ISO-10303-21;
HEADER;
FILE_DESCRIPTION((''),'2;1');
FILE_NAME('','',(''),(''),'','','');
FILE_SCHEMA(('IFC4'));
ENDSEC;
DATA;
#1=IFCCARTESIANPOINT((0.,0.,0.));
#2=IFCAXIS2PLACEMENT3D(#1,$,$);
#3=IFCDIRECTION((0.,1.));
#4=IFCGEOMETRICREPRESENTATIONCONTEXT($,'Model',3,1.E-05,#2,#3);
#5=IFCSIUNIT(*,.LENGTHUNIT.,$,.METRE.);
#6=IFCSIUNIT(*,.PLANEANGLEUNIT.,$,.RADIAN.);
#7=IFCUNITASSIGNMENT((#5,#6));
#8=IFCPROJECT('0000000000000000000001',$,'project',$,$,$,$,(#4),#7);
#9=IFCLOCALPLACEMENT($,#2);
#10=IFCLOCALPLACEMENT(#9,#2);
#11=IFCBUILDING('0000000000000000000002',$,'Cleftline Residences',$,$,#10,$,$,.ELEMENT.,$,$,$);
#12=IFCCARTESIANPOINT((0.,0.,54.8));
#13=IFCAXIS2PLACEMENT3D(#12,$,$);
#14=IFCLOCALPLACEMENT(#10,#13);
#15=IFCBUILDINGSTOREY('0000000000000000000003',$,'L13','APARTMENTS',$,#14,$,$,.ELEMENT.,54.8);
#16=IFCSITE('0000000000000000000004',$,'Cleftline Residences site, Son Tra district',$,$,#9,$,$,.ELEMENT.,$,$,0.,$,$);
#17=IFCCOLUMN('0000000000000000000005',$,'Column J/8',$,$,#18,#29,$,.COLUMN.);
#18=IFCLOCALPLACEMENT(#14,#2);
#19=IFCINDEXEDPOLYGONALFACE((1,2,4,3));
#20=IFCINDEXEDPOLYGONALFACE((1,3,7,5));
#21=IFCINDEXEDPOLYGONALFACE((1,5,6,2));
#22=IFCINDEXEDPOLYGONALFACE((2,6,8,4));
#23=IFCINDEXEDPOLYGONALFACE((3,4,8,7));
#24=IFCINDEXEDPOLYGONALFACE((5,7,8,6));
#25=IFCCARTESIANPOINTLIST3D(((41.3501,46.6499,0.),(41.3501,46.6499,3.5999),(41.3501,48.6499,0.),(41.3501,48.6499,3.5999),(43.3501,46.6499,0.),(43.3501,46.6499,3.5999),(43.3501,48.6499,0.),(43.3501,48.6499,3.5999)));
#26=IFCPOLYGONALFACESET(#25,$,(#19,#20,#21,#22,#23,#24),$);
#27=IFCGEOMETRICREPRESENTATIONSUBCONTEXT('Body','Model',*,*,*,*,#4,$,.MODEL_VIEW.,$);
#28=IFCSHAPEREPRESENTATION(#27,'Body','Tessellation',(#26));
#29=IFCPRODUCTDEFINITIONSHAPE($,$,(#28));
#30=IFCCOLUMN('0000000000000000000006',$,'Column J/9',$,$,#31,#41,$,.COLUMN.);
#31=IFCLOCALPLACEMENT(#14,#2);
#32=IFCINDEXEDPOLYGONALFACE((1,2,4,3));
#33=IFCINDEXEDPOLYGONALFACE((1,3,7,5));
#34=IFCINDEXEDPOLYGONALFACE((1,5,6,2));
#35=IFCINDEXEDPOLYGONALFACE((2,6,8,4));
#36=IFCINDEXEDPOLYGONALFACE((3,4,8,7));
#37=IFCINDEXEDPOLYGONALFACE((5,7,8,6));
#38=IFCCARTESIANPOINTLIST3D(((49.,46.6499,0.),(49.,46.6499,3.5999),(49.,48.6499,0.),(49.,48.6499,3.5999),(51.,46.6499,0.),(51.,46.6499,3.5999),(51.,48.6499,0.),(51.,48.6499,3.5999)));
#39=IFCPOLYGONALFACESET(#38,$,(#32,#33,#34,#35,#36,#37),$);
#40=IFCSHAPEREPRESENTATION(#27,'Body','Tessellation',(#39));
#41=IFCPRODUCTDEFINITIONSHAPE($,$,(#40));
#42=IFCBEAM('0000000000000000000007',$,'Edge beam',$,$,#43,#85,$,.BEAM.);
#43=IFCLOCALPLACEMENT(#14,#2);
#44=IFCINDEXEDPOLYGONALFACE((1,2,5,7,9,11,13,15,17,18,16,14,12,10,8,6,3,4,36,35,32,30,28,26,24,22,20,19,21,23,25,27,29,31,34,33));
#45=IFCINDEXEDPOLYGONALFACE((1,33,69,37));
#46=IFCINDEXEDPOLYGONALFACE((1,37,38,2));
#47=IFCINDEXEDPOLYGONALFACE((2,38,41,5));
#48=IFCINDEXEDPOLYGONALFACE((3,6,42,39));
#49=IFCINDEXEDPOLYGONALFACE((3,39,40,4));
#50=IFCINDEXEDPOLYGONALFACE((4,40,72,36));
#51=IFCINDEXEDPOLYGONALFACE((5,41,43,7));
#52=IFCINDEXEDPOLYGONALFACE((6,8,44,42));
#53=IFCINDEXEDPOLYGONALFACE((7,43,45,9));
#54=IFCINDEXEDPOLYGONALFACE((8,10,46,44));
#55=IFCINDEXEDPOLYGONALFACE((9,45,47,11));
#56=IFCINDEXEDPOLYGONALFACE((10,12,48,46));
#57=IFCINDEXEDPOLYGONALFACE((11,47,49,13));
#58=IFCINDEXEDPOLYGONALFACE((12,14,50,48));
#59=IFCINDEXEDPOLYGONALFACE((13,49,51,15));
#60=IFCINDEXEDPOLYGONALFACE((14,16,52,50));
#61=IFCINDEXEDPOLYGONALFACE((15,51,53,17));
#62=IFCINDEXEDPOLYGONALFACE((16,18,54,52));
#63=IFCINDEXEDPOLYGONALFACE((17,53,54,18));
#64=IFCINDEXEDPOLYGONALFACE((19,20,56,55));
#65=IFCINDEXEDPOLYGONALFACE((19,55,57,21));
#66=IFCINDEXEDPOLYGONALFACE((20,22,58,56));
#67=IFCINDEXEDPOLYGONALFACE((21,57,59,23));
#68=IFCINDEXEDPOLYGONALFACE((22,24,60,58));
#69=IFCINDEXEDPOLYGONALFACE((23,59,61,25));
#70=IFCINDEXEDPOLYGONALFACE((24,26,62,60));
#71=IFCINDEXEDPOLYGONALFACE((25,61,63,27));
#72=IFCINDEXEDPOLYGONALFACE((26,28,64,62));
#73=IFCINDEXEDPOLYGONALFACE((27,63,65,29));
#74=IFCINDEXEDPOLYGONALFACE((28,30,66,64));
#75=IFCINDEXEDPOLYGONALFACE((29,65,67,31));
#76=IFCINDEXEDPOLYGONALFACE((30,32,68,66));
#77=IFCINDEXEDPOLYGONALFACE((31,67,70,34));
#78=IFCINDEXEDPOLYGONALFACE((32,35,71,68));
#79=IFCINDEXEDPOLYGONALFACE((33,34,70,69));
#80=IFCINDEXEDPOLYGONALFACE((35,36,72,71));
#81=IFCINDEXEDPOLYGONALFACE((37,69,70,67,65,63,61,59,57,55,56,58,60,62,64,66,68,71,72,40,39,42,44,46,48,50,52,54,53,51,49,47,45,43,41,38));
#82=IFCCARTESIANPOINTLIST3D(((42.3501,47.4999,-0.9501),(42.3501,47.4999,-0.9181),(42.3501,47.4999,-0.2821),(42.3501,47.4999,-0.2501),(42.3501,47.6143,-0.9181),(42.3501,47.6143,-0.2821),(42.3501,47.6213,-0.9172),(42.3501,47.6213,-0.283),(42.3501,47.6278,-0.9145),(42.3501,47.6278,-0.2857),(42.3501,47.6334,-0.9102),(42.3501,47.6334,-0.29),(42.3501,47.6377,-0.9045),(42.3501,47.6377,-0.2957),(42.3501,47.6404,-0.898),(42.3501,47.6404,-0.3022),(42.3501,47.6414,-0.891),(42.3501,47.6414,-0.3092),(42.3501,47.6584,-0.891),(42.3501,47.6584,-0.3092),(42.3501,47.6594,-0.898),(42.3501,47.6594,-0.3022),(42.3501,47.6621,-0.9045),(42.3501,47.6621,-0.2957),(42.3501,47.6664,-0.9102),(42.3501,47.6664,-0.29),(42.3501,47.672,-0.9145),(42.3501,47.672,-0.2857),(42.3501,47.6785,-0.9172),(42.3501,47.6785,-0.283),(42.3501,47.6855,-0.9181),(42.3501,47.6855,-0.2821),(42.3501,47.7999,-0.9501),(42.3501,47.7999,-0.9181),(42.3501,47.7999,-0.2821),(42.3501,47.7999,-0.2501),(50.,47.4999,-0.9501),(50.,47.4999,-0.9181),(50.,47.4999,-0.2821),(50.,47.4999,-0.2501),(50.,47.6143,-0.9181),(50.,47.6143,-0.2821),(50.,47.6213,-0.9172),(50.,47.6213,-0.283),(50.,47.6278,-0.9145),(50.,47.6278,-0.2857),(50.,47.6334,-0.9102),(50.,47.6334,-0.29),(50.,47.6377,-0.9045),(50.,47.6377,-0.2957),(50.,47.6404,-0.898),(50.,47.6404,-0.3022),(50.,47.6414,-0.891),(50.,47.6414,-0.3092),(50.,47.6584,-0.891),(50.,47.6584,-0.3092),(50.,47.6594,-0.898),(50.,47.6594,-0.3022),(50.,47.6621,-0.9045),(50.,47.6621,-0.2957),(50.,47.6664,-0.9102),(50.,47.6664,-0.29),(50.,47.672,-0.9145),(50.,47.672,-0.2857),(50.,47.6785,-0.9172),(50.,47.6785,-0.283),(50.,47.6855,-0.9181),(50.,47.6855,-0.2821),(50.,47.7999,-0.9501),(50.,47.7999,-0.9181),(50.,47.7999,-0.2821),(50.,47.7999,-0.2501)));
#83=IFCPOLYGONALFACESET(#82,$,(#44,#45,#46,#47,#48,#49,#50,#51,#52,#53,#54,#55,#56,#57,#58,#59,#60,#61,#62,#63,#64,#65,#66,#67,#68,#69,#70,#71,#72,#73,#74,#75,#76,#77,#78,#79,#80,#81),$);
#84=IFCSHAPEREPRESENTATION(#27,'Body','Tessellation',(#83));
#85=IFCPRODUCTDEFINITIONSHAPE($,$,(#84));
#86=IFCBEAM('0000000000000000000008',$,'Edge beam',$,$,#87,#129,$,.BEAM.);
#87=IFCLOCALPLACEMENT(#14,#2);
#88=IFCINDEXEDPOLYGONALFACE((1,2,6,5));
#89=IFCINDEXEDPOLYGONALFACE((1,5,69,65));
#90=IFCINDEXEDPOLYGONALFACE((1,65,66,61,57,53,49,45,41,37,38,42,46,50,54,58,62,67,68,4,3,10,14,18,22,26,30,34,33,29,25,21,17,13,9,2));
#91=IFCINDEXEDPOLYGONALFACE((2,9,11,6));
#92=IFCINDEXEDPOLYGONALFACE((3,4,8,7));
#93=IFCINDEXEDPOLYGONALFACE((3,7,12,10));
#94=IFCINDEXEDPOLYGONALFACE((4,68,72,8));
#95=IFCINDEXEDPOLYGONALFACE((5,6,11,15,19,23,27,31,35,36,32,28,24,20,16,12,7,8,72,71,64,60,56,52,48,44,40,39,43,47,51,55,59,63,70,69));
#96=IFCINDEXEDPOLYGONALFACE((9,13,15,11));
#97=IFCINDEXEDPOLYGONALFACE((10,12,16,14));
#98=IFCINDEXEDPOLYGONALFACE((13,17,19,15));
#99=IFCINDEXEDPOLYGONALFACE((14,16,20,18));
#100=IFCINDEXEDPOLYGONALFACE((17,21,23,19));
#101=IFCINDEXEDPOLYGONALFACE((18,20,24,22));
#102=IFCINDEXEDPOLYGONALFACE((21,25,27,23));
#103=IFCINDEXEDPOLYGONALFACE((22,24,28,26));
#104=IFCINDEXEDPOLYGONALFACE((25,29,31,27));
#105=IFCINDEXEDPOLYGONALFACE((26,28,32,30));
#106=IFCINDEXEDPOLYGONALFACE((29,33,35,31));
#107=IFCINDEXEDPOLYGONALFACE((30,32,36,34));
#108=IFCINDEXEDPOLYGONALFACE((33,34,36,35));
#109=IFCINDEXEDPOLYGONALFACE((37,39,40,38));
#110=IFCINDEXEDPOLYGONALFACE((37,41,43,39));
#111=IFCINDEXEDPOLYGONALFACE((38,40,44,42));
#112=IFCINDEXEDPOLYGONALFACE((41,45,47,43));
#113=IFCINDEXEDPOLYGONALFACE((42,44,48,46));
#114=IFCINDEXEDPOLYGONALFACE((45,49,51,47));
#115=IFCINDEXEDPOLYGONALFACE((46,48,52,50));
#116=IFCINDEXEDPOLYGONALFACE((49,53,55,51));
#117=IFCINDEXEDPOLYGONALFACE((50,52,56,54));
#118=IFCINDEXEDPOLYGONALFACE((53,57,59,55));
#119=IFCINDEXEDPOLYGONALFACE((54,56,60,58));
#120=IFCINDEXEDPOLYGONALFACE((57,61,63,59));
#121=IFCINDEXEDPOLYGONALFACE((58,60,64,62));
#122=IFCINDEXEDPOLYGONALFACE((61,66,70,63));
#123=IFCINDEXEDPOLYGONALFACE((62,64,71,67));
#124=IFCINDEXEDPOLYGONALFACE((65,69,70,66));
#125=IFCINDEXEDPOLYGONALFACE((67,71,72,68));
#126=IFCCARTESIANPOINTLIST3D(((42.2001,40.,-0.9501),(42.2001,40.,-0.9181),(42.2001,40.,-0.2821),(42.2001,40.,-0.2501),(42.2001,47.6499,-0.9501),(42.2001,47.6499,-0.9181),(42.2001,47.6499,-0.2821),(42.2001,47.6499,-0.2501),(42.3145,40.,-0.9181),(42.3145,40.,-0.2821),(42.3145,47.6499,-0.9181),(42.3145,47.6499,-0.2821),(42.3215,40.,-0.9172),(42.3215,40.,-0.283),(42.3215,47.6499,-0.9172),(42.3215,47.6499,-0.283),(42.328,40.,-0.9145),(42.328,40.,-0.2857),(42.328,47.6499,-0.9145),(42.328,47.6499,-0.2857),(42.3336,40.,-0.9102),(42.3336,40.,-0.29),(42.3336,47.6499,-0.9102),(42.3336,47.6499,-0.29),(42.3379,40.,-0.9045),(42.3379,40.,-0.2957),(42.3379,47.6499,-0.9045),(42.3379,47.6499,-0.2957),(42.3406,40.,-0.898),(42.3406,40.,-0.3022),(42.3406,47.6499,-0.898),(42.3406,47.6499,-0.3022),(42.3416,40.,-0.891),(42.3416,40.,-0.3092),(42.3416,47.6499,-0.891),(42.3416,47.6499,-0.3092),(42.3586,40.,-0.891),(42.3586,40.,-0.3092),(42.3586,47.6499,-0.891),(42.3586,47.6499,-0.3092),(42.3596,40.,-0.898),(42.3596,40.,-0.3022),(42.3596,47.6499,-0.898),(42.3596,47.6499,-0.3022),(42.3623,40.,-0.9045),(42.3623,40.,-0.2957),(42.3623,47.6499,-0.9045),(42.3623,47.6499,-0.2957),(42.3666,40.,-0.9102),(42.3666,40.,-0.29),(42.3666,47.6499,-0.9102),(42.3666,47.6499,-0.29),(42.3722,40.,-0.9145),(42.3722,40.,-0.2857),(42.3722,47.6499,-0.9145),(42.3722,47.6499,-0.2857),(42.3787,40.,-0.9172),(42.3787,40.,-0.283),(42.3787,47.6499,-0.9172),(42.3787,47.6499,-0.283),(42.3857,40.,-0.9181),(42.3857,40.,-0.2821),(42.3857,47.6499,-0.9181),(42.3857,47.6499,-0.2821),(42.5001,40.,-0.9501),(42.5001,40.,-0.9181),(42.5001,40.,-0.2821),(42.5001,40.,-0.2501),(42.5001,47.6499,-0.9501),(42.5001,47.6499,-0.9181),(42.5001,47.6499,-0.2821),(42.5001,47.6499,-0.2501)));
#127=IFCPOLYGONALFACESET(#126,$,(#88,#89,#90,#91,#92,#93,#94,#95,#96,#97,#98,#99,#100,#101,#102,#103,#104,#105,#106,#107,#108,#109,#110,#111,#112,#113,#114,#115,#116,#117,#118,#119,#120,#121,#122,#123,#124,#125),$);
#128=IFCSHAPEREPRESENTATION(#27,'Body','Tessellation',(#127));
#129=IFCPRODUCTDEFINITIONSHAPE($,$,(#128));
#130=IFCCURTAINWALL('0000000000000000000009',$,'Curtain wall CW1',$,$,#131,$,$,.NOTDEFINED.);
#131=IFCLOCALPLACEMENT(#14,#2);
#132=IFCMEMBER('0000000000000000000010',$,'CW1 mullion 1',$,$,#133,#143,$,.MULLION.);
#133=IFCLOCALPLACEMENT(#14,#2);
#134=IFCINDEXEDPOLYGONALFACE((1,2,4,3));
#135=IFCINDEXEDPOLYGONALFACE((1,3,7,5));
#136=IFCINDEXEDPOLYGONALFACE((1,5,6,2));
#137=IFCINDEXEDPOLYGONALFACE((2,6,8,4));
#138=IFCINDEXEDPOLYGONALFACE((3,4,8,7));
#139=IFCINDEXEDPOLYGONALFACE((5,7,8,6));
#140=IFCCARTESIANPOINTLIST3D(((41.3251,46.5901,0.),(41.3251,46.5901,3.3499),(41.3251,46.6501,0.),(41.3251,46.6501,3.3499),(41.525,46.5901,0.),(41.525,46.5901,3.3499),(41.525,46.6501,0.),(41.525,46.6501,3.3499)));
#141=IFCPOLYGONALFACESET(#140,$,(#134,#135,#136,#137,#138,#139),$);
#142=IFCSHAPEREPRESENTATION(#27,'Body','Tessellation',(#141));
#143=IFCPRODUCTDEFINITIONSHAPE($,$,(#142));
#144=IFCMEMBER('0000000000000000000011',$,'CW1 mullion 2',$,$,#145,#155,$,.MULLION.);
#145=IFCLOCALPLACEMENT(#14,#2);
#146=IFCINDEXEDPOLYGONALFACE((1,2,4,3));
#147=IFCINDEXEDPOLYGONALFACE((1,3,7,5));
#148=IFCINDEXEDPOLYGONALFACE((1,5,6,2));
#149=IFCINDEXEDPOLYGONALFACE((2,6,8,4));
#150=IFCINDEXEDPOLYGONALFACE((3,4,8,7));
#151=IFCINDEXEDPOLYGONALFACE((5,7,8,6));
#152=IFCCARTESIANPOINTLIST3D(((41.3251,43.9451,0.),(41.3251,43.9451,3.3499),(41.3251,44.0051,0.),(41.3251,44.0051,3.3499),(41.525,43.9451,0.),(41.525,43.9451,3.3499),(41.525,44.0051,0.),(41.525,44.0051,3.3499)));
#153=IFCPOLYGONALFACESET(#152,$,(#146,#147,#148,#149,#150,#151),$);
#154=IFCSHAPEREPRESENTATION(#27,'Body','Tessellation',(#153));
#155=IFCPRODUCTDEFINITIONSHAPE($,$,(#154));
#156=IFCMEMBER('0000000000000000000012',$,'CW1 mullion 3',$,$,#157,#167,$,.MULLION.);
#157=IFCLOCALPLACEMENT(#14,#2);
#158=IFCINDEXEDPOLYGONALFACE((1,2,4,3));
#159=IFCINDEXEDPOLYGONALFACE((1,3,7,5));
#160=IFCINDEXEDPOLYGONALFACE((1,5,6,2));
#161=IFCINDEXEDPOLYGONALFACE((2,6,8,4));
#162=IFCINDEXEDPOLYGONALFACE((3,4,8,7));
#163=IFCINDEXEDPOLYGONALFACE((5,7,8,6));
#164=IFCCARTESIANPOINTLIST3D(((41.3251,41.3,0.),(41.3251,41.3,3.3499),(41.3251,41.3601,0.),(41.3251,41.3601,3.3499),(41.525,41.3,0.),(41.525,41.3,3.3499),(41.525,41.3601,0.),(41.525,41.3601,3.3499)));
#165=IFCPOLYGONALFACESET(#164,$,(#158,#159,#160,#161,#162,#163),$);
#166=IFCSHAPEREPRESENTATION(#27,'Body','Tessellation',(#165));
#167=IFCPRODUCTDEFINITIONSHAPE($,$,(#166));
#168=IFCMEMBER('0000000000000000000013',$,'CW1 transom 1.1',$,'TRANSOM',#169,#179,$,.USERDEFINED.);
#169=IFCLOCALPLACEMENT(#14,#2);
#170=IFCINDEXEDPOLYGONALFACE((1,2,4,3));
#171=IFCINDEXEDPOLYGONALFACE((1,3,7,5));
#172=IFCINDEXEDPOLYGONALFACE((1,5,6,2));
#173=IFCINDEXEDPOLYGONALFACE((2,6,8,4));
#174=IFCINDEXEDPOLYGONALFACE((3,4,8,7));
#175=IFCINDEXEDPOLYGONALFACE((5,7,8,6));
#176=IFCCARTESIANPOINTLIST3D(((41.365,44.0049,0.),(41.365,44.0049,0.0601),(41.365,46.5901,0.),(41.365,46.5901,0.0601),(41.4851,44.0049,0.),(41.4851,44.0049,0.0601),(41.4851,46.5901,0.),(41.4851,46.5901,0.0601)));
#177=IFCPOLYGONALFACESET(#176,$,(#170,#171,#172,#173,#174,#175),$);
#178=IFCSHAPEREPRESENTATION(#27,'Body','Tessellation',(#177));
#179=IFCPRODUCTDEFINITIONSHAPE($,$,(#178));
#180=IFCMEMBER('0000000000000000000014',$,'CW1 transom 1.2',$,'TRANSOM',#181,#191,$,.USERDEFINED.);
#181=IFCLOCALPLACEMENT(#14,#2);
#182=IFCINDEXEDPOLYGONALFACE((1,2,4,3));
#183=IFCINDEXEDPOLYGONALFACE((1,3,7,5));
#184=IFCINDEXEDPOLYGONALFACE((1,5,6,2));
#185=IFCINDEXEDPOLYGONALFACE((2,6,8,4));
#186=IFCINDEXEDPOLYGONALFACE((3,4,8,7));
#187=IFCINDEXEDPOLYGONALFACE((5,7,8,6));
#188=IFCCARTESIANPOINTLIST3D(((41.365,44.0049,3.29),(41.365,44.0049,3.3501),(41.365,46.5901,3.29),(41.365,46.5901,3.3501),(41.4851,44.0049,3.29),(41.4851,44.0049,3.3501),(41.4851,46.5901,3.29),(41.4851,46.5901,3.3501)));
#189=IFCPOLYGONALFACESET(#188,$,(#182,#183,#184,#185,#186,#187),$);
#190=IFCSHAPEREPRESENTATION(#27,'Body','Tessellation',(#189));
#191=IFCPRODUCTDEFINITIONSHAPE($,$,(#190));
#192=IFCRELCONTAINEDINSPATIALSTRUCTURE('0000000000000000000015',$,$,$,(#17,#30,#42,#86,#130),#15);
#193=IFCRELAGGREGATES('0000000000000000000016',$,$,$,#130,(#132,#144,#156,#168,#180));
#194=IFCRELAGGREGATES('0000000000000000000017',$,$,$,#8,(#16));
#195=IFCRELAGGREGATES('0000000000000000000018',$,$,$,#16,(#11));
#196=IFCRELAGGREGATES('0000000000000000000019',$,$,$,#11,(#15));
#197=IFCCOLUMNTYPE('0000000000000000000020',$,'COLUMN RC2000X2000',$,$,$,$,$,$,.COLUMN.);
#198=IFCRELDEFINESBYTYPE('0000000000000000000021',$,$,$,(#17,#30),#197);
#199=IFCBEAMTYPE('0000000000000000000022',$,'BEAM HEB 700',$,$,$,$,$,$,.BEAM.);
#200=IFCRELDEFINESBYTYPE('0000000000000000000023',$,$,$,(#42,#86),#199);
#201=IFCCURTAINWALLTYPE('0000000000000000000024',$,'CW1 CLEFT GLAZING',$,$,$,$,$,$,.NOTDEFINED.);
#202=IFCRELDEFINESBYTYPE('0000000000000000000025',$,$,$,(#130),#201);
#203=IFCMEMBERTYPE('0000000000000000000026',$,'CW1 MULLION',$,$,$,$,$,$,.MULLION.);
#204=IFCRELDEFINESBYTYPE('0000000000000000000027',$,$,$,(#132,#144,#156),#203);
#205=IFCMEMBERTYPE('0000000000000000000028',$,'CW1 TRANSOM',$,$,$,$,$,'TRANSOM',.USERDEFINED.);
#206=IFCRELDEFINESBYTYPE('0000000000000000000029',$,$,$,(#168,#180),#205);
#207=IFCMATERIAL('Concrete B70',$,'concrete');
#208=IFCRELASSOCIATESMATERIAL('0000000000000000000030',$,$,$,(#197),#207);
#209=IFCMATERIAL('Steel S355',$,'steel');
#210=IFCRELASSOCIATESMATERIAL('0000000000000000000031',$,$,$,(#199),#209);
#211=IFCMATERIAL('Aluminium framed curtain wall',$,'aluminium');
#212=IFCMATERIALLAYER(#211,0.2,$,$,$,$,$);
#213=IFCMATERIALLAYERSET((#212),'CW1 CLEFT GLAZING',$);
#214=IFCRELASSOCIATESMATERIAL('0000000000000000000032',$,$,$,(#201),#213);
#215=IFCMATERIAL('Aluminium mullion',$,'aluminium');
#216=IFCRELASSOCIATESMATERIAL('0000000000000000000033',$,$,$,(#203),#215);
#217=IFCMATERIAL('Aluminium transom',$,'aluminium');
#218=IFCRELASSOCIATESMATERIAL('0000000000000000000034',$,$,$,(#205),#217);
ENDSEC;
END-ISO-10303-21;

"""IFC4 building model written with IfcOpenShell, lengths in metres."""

from ifc_helpers import new_model, si_unit, direction, frame, origin, origin_2d, place, context, subcontext, project, spatial, rectangle, i_section, extrude, material, layer, layer_set, material_profile, profile_set, type_object, element, aggregate, save


model = new_model("IFC4")

# Units and contexts
model_context = context("Model", 3, precision=1e-05, world=origin(), true_north=direction((0.0, 1.0)))
body_context = subcontext(model_context, "Body", "Model", "MODEL_VIEW")
ifc_project = project(units=[si_unit("LENGTHUNIT", "METRE"), si_unit("PLANEANGLEUNIT", "RADIAN")], contexts=[model_context])

# Site, building, storey
site_placement = place(None, origin())
site = spatial("IfcSite", under=ifc_project, at=site_placement, Name="Cleftline Residences site, Son Tra district", CompositionType="ELEMENT", RefElevation=0.0)
building_placement = place(site_placement, origin())
building = spatial("IfcBuilding", under=site, at=building_placement, Name="Cleftline Residences", CompositionType="ELEMENT")
storey_placement = place(building_placement, frame((0.0, 0.0, 54.8)))
storey = spatial("IfcBuildingStorey", under=building, at=storey_placement, Name="L13", Description="APARTMENTS", CompositionType="ELEMENT", Elevation=54.8)

# Columns
ifc_material_1 = material(Name="Concrete B70", Category="concrete")
ifc_material_profile_1 = material_profile(ifc_material_1, rectangle(XDim=2.0, YDim=2.0, at=origin_2d()))
ifc_profile_set_1 = profile_set([ifc_material_profile_1], Name="Concrete B70")
column_type = type_object("IfcColumnType", Name="COLUMN RC2000X2000", PredefinedType="COLUMN", material=ifc_profile_set_1)
for number, where, z_axis, x_axis, name in (
    (1, (42.3501, 47.6499, 0.0), (0.0, 0.0, 1.0), (1.0, 0.0, 0.0), "Column J/8"),
    (2, (50.0, 47.6499, 0.0), (0.0, 0.0, 1.0), (1.0, 0.0, 0.0), "Column J/9"),
):
    element("IfcColumn", number, at=place(storey_placement, frame(where, z_axis=z_axis, x_axis=x_axis)), inside=storey, type_object=column_type, Name=name, PredefinedType="COLUMN", context=body_context, shape_type="SweptSolid", body=[
        extrude(rectangle(XDim=2.0, YDim=2.0, at=origin_2d()), origin(), (0.0, 0.0, 1.0), 3.5999),
    ])

# Beams
ifc_material_2 = material(Name="Steel S355", Category="steel")
ifc_material_profile_2 = material_profile(ifc_material_2, i_section(OverallWidth=0.3, OverallDepth=0.7, WebThickness=0.0171, FlangeThickness=0.032, FilletRadius=0.0271, at=origin_2d()))
ifc_profile_set_2 = profile_set([ifc_material_profile_2], Name="Steel S355")
beam_type = type_object("IfcBeamType", Name="BEAM HEB 700", PredefinedType="BEAM", material=ifc_profile_set_2)
for number, where, z_axis, x_axis, name in (
    (3, (50.0, 47.6499, -0.6001), (-1.0, 0.0, 0.0), (0.0, -1.0, 0.0), "Edge beam"),
    (4, (42.3501, 47.6499, -0.6001), (0.0, -1.0, 0.0), (1.0, 0.0, 0.0), "Edge beam"),
):
    element("IfcBeam", number, at=place(storey_placement, frame(where, z_axis=z_axis, x_axis=x_axis)), inside=storey, type_object=beam_type, Name=name, PredefinedType="BEAM", context=body_context, shape_type="SweptSolid", body=[
        extrude(i_section(OverallWidth=0.3, OverallDepth=0.7, WebThickness=0.0171, FlangeThickness=0.032, FilletRadius=0.0271, at=origin_2d()), origin(), (0.0, 0.0, 1.0), 7.6499),
    ])

# Curtain wall, members
ifc_material_3 = material(Name="Aluminium framed curtain wall", Category="aluminium")
ifc_layer_1 = layer(ifc_material_3, 0.2)
ifc_layer_set_1 = layer_set([ifc_layer_1], Name="CW1 CLEFT GLAZING")
curtain_wall_type = type_object("IfcCurtainWallType", Name="CW1 CLEFT GLAZING", PredefinedType="NOTDEFINED", material=ifc_layer_set_1)
curtain_wall_placement = place(storey_placement, origin())
curtain_wall = element("IfcCurtainWall", 5, at=curtain_wall_placement, inside=storey, type_object=curtain_wall_type, Name="Curtain wall CW1", PredefinedType="NOTDEFINED")
ifc_material_4 = material(Name="Aluminium mullion", Category="aluminium")
ifc_material_profile_3 = material_profile(ifc_material_4, rectangle(XDim=0.2, YDim=0.0601, at=origin_2d()))
ifc_profile_set_3 = profile_set([ifc_material_profile_3], Name="Aluminium mullion")
member_type_1 = type_object("IfcMemberType", Name="CW1 MULLION", PredefinedType="MULLION", material=ifc_profile_set_3)
member_1_placement = place(storey_placement, frame((41.425, 46.6201, 0.0), z_axis=(0.0, 0.0, 1.0), x_axis=(1.0, 0.0, 0.0)))
member_1 = element("IfcMember", 6, at=member_1_placement, type_object=member_type_1, Name="CW1 mullion 1", PredefinedType="MULLION", context=body_context, shape_type="SweptSolid", body=[
    extrude(rectangle(XDim=0.2, YDim=0.0601, at=origin_2d()), origin(), (0.0, 0.0, 1.0), 3.3499),
])
member_2_placement = place(storey_placement, frame((41.425, 43.9751, 0.0), z_axis=(0.0, 0.0, 1.0), x_axis=(1.0, 0.0, 0.0)))
member_2 = element("IfcMember", 7, at=member_2_placement, type_object=member_type_1, Name="CW1 mullion 2", PredefinedType="MULLION", context=body_context, shape_type="SweptSolid", body=[
    extrude(rectangle(XDim=0.2, YDim=0.0601, at=origin_2d()), origin(), (0.0, 0.0, 1.0), 3.3499),
])
member_3_placement = place(storey_placement, frame((41.425, 41.3301, 0.0), z_axis=(0.0, 0.0, 1.0), x_axis=(1.0, 0.0, 0.0)))
member_3 = element("IfcMember", 8, at=member_3_placement, type_object=member_type_1, Name="CW1 mullion 3", PredefinedType="MULLION", context=body_context, shape_type="SweptSolid", body=[
    extrude(rectangle(XDim=0.2, YDim=0.0601, at=origin_2d()), origin(), (0.0, 0.0, 1.0), 3.3499),
])
ifc_material_5 = material(Name="Aluminium transom", Category="aluminium")
ifc_material_profile_4 = material_profile(ifc_material_5, rectangle(XDim=0.1201, YDim=0.0601, at=origin_2d()))
ifc_profile_set_4 = profile_set([ifc_material_profile_4], Name="Aluminium transom")
member_type_2 = type_object("IfcMemberType", Name="CW1 TRANSOM", ElementType="TRANSOM", PredefinedType="USERDEFINED", material=ifc_profile_set_4)
member_4_placement = place(storey_placement, frame((41.425, 46.5901, 0.03), z_axis=(0.0, -1.0, 0.0), x_axis=(1.0, 0.0, 0.0)))
member_4 = element("IfcMember", 9, at=member_4_placement, type_object=member_type_2, Name="CW1 transom 1.1", ObjectType="TRANSOM", PredefinedType="USERDEFINED", context=body_context, shape_type="SweptSolid", body=[
    extrude(rectangle(XDim=0.1201, YDim=0.0601, at=origin_2d()), origin(), (0.0, 0.0, 1.0), 2.5852),
])
member_5_placement = place(storey_placement, frame((41.425, 46.5901, 3.3201), z_axis=(0.0, -1.0, 0.0), x_axis=(1.0, 0.0, 0.0)))
member_5 = element("IfcMember", 10, at=member_5_placement, type_object=member_type_2, Name="CW1 transom 1.2", ObjectType="TRANSOM", PredefinedType="USERDEFINED", context=body_context, shape_type="SweptSolid", body=[
    extrude(rectangle(XDim=0.1201, YDim=0.0601, at=origin_2d()), origin(), (0.0, 0.0, 1.0), 2.5852),
])
aggregate(curtain_wall, [member_1, member_2, member_3, member_4, member_5])

save(model, "model.ifc")
